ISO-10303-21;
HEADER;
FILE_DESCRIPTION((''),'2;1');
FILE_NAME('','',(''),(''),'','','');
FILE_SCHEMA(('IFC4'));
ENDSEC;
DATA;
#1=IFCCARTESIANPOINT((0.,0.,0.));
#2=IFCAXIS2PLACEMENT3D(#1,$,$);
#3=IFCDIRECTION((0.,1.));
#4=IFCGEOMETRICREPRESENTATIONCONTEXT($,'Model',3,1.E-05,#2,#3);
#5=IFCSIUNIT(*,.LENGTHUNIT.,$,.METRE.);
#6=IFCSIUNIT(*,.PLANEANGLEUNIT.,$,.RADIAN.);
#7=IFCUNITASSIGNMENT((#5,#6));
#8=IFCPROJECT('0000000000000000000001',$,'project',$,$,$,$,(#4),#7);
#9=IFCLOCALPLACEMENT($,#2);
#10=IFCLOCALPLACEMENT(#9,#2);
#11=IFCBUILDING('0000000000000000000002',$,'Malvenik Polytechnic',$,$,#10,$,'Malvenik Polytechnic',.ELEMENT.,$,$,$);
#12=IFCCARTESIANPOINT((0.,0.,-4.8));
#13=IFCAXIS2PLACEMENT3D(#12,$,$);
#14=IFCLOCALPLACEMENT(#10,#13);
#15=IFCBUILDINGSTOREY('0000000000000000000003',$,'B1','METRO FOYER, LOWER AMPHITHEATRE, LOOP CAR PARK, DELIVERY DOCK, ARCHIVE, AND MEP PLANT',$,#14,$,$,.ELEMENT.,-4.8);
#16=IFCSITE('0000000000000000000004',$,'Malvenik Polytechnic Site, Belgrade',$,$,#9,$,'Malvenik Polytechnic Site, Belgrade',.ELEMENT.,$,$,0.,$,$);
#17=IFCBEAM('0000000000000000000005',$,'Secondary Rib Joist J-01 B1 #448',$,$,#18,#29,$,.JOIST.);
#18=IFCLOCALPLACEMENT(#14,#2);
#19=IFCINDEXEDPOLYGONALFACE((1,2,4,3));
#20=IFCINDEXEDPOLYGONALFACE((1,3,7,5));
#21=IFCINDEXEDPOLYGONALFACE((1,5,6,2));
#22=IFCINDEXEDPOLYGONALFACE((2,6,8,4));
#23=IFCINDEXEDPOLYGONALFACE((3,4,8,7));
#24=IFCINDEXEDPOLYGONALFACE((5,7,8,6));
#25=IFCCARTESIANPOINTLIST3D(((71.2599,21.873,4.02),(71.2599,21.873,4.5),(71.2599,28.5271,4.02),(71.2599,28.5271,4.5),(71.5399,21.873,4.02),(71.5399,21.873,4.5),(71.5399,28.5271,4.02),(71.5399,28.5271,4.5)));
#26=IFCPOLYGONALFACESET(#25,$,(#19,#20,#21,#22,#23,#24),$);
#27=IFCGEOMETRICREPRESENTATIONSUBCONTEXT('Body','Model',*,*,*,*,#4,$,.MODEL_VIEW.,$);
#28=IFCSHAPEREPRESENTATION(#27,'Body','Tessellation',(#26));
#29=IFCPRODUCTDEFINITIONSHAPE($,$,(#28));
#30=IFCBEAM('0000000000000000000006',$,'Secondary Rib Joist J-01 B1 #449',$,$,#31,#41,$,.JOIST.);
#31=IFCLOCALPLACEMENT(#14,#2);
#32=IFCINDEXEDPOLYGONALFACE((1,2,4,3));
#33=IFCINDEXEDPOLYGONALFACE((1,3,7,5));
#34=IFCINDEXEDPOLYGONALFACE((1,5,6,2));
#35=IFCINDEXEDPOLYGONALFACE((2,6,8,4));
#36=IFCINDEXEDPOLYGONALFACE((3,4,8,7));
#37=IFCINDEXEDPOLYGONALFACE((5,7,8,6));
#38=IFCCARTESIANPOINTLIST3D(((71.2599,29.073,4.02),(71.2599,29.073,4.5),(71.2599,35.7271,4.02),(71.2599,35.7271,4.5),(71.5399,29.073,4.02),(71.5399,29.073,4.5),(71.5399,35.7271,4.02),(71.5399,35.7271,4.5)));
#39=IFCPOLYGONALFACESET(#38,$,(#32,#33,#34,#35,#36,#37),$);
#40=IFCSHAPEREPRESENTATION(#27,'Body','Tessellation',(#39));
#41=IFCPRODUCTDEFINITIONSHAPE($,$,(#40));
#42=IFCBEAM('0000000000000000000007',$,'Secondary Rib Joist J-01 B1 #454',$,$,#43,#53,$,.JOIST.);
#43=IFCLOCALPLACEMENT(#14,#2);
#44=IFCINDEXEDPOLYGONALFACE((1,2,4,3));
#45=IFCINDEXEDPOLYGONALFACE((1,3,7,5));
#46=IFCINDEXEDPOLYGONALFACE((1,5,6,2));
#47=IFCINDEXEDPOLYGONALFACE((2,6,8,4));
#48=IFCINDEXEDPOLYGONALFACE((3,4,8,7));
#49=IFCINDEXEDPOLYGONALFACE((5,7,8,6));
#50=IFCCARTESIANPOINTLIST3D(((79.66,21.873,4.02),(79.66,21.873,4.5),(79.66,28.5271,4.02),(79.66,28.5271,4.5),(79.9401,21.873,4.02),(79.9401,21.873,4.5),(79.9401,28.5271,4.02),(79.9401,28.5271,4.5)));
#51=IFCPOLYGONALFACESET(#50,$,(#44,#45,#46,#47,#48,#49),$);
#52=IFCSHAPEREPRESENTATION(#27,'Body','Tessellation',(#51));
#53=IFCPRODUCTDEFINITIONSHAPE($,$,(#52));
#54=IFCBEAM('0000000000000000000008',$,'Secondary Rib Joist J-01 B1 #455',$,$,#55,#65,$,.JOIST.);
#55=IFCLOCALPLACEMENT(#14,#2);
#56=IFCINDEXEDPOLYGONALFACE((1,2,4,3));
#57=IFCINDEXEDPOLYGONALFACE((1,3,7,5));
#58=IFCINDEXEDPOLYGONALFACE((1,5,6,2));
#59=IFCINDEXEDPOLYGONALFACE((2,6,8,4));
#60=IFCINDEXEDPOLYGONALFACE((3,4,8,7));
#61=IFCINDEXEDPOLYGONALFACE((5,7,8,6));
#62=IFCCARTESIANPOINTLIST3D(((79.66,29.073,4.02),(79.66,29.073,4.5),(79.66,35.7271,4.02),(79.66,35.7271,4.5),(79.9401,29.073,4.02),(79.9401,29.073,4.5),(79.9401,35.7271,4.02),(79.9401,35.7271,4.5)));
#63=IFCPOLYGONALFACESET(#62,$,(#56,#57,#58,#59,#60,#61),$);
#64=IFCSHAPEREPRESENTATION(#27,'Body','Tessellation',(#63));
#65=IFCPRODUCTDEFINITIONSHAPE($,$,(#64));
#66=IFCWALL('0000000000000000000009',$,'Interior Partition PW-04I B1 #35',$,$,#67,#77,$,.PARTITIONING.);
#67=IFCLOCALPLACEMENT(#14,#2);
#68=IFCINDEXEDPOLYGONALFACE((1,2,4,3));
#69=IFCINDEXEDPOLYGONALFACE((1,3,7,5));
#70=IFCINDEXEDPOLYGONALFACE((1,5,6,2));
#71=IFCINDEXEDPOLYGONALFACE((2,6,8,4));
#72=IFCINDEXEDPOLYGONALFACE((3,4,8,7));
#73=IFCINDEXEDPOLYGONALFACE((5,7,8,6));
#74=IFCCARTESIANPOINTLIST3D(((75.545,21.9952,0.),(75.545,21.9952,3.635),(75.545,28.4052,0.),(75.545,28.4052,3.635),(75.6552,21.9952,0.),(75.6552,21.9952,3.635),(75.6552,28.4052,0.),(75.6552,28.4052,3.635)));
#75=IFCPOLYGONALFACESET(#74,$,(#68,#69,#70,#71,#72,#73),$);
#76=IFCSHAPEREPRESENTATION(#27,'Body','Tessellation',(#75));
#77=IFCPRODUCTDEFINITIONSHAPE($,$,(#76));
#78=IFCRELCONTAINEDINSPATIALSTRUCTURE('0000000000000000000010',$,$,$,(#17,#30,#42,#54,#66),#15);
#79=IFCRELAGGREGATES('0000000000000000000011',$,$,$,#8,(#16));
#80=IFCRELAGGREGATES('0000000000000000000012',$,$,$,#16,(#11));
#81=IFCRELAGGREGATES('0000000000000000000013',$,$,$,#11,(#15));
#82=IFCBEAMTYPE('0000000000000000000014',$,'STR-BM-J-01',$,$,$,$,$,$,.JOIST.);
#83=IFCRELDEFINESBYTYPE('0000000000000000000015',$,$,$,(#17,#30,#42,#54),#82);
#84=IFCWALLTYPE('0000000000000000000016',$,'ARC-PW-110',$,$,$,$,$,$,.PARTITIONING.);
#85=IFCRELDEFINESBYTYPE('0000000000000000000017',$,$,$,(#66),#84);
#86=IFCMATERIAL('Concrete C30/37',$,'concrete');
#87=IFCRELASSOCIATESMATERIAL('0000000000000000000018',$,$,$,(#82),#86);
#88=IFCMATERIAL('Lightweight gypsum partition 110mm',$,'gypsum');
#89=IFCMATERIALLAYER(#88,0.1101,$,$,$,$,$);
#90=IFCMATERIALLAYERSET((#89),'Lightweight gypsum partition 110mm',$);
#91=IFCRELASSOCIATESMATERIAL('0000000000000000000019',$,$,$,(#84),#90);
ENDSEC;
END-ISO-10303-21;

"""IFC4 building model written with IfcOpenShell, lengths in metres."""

from ifc_helpers import new_model, si_unit, direction, frame, frame_2d, origin, origin_2d, place, context, subcontext, project, spatial, rectangle, extrude, material, layer, layer_set, material_profile, profile_set, type_object, element, save


model = new_model("IFC4")

# Units and contexts
model_context = context("Model", 3, precision=1e-05, world=origin(), true_north=direction((0.0, 1.0)))
body_context = subcontext(model_context, "Body", "Model", "MODEL_VIEW")
ifc_project = project(units=[si_unit("LENGTHUNIT", "METRE"), si_unit("PLANEANGLEUNIT", "RADIAN")], contexts=[model_context])

# Site, building, storey
site_placement = place(None, origin())
site = spatial("IfcSite", under=ifc_project, at=site_placement, Name="Malvenik Polytechnic Site, Belgrade", LongName="Malvenik Polytechnic Site, Belgrade", CompositionType="ELEMENT", RefElevation=0.0)
building_placement = place(site_placement, origin())
building = spatial("IfcBuilding", under=site, at=building_placement, Name="Malvenik Polytechnic", LongName="Malvenik Polytechnic", CompositionType="ELEMENT")
storey_placement = place(building_placement, frame((0.0, 0.0, -4.8)))
storey = spatial("IfcBuildingStorey", under=building, at=storey_placement, Name="B1", Description="METRO FOYER, LOWER AMPHITHEATRE, LOOP CAR PARK, DELIVERY DOCK, ARCHIVE, AND MEP PLANT", CompositionType="ELEMENT", Elevation=-4.8)

# Beams
ifc_material_1 = material(Name="Concrete C30/37", Category="concrete")
ifc_material_profile_1 = material_profile(ifc_material_1, rectangle(XDim=0.28, YDim=0.48, at=origin_2d()), Name="RC JST 280x480")
ifc_profile_set_1 = profile_set([ifc_material_profile_1], Name="Concrete C30/37")
beam_type_1 = type_object("IfcBeamType", Name="STR-BM-J-01", PredefinedType="JOIST", material=ifc_profile_set_1)
for number, where, z_axis, x_axis, name in (
    (1, (71.3999, 21.873, 4.26), (0.0, 1.0, 0.0), (-1.0, 0.0, 0.0), "Secondary Rib Joist J-01 B1 #448"),
    (2, (71.3999, 29.073, 4.26), (0.0, 1.0, 0.0), (-1.0, 0.0, 0.0), "Secondary Rib Joist J-01 B1 #449"),
    (3, (79.8, 21.873, 4.26), (0.0, 1.0, 0.0), (-1.0, 0.0, 0.0), "Secondary Rib Joist J-01 B1 #454"),
    (4, (79.8, 29.073, 4.26), (0.0, 1.0, 0.0), (-1.0, 0.0, 0.0), "Secondary Rib Joist J-01 B1 #455"),
):
    element("IfcBeam", number, at=place(storey_placement, frame(where, z_axis=z_axis, x_axis=x_axis)), inside=storey, type_object=beam_type_1, Name=name, PredefinedType="JOIST", context=body_context, shape_type="SweptSolid", body=[
        extrude(rectangle(XDim=0.28, YDim=0.48, at=origin_2d()), origin(), (0.0, 0.0, 1.0), 6.6541),
    ])

# Wall
ifc_material_2 = material(Name="Lightweight gypsum partition 110mm", Category="gypsum")
ifc_layer = layer(ifc_material_2, 0.1101)
ifc_layer_set = layer_set([ifc_layer], Name="Lightweight gypsum partition 110mm")
wall_type = type_object("IfcWallType", Name="ARC-PW-110", PredefinedType="PARTITIONING", material=ifc_layer_set)
wall_placement = place(storey_placement, frame((75.6001, 21.9951, 0.0), z_axis=(0.0, 0.0, 1.0), x_axis=(0.0, 1.0, 0.0)))
element("IfcWall", 5, at=wall_placement, inside=storey, type_object=wall_type, Name="Interior Partition PW-04I B1 #35", PredefinedType="PARTITIONING", context=body_context, shape_type="SweptSolid", body=[
    extrude(rectangle(XDim=6.4099, YDim=0.1101, at=frame_2d((3.2051, 0.0))), origin(), (0.0, 0.0, 1.0), 3.635),
])

save(model, "model.ifc")
